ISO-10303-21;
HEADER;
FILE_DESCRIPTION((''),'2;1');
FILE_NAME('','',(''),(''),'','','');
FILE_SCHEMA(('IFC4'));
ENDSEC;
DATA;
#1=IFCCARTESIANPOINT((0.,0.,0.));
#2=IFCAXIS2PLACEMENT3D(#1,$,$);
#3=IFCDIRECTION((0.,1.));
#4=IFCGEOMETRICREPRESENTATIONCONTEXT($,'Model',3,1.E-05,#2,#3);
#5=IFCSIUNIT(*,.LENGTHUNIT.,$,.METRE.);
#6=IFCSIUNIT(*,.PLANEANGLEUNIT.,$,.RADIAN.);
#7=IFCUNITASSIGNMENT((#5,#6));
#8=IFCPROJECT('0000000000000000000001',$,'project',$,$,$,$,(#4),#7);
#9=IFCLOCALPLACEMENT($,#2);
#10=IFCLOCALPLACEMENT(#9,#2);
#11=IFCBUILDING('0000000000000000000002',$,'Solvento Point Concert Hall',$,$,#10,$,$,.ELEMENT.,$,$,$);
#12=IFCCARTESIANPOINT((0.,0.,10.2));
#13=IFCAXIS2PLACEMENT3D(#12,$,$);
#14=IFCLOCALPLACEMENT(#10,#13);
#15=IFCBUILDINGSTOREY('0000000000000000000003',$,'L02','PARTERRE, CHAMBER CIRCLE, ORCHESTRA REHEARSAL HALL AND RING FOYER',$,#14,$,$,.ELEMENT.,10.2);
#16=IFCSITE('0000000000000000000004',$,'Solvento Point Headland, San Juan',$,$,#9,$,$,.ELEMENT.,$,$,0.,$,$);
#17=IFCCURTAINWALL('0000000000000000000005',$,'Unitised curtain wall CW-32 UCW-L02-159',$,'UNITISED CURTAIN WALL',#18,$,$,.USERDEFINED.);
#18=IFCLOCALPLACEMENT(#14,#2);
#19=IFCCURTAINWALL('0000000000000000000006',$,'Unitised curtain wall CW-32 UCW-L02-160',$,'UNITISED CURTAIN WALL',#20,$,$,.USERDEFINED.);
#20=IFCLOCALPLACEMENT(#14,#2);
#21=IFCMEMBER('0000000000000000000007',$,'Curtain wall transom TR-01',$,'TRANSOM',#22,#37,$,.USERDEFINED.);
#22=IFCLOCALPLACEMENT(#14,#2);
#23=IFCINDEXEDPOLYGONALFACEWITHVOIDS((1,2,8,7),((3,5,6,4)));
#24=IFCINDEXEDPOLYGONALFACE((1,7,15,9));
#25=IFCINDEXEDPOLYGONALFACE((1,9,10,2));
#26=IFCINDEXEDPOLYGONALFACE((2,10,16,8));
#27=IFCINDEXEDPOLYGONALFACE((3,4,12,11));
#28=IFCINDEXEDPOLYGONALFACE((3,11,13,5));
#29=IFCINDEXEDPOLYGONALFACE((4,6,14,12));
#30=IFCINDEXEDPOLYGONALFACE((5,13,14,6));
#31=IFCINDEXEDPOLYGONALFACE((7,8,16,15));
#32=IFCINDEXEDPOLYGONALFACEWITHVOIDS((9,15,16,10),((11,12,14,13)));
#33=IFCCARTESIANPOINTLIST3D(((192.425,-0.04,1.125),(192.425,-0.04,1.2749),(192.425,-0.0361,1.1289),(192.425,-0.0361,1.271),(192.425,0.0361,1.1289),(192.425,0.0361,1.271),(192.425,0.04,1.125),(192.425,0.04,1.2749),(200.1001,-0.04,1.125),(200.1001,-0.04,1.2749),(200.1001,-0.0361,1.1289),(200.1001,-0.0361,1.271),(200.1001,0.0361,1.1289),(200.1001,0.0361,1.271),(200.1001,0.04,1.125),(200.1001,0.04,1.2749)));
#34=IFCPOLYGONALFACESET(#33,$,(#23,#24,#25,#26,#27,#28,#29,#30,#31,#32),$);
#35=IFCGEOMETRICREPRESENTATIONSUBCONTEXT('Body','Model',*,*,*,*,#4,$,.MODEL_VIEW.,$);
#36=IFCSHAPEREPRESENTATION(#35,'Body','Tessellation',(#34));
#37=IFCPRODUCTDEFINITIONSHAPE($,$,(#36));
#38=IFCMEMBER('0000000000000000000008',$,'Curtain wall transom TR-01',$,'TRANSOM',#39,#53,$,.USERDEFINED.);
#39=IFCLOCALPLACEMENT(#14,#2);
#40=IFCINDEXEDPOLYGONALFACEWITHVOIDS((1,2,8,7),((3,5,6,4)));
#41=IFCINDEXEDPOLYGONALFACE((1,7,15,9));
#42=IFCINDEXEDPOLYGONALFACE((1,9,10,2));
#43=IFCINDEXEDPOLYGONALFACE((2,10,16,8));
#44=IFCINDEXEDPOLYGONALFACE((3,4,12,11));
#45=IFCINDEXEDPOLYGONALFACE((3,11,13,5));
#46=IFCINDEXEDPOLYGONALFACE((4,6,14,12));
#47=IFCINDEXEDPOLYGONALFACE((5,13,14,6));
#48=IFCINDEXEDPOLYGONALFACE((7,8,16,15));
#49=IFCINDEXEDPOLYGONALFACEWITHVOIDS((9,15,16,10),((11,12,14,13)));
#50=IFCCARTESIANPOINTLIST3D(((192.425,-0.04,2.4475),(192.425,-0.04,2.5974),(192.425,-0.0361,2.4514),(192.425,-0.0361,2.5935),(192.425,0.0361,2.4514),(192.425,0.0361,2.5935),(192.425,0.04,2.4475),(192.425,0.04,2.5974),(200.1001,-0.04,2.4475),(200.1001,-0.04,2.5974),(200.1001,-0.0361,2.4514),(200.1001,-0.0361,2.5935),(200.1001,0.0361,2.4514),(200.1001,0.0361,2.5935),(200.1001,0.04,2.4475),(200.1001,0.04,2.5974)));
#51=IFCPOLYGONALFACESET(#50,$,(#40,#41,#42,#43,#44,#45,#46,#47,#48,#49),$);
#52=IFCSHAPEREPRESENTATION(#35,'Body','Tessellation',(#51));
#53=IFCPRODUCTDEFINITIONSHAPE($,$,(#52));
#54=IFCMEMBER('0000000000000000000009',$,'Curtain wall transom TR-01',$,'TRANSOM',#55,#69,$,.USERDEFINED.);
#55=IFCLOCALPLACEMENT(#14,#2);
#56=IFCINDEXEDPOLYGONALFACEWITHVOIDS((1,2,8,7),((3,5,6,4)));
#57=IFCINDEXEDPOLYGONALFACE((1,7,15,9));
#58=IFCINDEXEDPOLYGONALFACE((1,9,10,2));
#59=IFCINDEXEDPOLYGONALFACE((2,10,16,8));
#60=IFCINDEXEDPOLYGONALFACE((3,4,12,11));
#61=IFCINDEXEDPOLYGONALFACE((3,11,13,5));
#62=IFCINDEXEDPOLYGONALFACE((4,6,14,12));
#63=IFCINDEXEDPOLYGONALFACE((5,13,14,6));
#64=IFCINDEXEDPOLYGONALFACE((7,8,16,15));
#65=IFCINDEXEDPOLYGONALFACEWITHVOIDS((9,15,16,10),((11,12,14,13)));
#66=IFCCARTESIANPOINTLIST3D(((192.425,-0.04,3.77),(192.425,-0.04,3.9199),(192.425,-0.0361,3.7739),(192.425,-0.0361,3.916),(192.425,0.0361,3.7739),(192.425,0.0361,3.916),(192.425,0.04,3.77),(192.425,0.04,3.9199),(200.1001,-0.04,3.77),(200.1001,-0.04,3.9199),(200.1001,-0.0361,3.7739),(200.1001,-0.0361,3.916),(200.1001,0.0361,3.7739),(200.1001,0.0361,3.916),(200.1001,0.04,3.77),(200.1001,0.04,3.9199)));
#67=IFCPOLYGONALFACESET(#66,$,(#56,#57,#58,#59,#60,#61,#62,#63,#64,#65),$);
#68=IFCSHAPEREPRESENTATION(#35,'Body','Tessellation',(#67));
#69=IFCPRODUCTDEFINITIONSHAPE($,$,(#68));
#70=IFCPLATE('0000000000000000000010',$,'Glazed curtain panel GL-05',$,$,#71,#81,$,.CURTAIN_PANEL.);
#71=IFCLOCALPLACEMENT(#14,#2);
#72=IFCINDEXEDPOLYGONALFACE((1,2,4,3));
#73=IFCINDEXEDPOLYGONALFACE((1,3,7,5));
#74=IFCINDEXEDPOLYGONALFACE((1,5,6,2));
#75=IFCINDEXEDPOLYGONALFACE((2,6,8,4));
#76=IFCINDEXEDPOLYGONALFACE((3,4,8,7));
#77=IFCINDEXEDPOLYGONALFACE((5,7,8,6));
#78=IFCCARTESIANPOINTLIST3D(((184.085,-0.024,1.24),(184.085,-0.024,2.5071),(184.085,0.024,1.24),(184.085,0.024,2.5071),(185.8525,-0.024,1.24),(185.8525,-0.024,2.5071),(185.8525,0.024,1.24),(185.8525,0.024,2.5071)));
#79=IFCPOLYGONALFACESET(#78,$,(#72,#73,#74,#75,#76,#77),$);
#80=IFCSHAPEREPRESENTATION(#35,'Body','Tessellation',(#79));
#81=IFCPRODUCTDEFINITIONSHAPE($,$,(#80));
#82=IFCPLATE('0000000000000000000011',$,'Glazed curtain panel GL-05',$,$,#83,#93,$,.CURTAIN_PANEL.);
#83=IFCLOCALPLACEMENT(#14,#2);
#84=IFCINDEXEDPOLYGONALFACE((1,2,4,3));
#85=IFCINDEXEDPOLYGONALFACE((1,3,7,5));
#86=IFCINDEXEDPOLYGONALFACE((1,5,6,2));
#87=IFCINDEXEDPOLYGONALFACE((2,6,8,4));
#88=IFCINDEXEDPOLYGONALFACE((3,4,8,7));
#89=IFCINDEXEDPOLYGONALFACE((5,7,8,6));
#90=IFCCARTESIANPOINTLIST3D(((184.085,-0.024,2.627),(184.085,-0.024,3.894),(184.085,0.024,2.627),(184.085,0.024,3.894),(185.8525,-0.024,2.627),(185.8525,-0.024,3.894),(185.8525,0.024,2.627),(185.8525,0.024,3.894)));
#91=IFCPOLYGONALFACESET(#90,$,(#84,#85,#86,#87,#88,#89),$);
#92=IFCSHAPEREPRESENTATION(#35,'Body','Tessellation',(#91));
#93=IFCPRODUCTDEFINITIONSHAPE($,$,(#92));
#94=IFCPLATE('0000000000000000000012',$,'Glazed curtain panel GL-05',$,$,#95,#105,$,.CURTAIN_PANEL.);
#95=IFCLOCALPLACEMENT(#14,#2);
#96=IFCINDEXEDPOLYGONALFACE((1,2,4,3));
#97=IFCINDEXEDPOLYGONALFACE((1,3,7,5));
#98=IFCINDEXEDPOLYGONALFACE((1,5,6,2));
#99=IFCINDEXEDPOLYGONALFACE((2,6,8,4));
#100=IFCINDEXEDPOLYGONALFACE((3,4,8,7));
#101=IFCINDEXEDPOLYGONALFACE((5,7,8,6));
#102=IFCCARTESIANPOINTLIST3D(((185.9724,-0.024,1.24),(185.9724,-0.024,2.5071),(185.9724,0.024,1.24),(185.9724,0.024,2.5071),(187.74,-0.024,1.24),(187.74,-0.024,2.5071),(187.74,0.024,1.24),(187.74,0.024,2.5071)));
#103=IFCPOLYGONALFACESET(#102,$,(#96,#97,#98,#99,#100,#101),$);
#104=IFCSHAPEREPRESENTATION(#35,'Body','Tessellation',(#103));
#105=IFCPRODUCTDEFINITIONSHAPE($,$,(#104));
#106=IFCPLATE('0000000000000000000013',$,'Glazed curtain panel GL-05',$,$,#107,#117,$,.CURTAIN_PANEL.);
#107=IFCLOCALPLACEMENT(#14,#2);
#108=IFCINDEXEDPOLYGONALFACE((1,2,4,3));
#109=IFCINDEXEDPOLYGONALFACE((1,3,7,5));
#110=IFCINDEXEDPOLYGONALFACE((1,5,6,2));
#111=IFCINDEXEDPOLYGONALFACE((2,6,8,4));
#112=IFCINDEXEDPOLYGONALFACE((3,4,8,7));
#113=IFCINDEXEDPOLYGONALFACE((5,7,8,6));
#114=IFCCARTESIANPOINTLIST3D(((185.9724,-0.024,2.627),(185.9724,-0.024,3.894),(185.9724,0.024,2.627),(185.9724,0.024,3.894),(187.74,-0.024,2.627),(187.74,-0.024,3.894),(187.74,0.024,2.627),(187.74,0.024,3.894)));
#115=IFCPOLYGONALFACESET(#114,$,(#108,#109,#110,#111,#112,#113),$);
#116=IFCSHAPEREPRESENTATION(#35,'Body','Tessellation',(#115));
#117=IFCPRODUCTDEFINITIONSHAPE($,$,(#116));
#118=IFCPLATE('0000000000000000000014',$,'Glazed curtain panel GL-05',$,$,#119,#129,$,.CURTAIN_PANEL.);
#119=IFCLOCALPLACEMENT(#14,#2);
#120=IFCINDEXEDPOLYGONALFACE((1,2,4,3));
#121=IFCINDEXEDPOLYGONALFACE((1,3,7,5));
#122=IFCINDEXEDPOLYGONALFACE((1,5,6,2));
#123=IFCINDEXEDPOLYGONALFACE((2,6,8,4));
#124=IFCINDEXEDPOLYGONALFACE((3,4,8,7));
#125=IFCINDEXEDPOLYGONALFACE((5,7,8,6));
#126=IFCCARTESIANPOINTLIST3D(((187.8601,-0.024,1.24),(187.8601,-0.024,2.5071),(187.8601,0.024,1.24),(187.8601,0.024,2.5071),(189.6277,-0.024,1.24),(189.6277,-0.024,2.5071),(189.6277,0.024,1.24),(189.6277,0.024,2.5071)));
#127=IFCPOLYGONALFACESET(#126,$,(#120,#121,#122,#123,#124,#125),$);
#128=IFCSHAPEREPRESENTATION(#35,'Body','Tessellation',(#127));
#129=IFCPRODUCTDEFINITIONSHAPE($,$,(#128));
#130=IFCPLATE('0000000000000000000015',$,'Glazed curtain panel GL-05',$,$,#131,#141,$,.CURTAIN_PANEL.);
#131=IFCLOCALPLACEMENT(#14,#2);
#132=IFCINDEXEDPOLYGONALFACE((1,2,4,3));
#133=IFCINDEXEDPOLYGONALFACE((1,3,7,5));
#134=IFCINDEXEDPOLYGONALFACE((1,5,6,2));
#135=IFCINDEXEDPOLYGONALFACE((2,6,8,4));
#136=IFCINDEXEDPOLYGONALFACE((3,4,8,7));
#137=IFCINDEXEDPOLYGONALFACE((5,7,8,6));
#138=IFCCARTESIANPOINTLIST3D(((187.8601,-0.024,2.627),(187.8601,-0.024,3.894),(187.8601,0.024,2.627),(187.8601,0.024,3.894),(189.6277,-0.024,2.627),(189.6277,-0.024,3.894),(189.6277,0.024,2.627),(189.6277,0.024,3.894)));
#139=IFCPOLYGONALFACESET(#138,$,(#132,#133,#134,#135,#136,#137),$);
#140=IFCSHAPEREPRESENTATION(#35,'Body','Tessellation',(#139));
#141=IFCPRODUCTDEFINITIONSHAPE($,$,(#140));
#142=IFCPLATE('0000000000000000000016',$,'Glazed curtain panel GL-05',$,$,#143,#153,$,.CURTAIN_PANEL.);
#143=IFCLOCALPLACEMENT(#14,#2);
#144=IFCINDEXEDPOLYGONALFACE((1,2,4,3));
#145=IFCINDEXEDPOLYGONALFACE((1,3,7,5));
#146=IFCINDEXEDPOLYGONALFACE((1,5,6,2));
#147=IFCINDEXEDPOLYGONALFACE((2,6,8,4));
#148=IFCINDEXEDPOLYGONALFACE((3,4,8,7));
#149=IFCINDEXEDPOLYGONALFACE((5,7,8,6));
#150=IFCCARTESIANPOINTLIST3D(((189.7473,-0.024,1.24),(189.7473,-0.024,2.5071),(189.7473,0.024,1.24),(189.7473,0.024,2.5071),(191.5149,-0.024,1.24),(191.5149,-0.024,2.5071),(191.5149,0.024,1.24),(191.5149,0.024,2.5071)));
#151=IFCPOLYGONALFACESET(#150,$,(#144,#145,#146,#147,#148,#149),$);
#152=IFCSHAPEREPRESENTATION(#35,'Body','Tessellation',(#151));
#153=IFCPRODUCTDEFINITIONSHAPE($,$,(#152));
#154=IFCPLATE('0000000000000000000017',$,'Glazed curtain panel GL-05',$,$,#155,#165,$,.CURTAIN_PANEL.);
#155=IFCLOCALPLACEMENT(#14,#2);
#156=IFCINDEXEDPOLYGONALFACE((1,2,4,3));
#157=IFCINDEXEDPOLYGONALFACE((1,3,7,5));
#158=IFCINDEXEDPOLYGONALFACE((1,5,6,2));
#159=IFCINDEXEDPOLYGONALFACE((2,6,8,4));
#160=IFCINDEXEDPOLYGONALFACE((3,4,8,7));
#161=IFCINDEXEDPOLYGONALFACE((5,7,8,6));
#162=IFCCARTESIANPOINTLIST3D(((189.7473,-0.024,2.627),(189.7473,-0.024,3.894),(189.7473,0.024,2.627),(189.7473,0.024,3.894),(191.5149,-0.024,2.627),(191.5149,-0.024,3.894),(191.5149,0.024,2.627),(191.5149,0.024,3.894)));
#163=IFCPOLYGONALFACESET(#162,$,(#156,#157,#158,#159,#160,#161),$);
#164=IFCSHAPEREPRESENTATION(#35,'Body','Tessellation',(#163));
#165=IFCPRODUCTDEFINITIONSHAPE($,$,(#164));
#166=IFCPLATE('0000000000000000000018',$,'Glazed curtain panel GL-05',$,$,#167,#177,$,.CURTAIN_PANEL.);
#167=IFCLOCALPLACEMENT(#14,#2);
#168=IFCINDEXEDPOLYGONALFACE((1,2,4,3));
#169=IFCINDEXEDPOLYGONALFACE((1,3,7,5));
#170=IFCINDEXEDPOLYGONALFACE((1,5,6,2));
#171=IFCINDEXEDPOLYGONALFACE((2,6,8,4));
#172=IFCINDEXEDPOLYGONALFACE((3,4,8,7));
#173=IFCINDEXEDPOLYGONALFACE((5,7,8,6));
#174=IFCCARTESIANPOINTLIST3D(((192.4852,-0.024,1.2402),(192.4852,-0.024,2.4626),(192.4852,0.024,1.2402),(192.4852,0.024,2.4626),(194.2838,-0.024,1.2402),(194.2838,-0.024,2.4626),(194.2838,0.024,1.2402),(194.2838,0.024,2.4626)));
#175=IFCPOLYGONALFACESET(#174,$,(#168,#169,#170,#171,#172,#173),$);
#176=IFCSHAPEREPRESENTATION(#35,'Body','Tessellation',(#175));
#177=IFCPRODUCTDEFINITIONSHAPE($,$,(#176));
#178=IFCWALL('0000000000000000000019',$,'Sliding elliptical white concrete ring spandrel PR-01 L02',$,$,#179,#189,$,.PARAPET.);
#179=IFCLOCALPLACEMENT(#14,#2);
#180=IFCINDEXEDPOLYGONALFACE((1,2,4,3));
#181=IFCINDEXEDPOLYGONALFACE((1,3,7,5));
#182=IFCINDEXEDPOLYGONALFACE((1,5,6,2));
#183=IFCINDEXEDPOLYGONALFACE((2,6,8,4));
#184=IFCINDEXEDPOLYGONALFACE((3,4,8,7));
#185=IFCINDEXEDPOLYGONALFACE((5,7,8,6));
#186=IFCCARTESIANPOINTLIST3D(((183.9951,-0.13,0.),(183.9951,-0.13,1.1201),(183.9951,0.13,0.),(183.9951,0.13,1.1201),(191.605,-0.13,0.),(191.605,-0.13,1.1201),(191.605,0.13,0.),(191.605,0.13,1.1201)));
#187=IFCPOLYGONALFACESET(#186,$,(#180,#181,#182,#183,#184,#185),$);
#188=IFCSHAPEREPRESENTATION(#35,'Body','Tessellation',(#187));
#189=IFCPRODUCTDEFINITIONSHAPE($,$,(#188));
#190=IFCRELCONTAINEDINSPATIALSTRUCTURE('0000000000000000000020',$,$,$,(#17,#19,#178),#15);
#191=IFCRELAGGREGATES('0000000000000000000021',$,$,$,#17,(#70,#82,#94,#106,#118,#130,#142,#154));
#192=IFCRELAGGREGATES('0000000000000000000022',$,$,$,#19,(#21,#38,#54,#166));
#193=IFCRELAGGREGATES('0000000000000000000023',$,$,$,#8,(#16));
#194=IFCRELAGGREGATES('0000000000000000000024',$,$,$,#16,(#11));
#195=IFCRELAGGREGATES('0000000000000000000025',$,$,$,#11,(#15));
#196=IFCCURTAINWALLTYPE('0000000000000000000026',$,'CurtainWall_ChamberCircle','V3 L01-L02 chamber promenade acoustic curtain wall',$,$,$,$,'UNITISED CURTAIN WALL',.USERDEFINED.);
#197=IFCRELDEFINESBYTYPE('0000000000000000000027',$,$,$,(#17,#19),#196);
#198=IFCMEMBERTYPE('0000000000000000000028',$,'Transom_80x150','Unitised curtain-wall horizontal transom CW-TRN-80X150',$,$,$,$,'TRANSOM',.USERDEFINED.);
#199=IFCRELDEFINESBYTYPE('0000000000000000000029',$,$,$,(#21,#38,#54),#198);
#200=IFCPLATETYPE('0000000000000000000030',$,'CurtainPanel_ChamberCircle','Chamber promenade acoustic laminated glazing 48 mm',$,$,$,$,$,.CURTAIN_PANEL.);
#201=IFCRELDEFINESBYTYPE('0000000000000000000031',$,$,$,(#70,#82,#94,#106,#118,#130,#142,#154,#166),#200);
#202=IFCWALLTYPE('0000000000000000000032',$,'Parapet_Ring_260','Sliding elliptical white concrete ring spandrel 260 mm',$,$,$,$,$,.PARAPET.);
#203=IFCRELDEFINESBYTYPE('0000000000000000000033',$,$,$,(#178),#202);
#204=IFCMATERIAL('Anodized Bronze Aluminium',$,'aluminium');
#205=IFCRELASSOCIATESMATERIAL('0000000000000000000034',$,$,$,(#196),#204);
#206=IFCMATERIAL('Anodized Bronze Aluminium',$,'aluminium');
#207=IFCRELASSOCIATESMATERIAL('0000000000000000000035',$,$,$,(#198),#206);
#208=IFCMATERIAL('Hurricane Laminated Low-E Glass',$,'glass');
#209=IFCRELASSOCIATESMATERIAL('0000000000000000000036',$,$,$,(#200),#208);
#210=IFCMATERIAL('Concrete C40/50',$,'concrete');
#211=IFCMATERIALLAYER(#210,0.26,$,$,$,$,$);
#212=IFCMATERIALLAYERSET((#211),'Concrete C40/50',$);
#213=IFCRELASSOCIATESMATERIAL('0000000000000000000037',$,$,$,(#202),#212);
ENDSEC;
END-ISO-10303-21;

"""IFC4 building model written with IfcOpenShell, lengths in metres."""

from ifc_helpers import new_model, si_unit, direction, frame, frame_2d, origin, origin_2d, place, context, subcontext, project, spatial, rectangle, hollow_rectangle, extrude, material, layer, layer_set, material_profile, profile_set, type_object, element, aggregate, save


model = new_model("IFC4")

# Units and contexts
model_context = context("Model", 3, precision=1e-05, world=origin(), true_north=direction((0.0, 1.0)))
body_context = subcontext(model_context, "Body", "Model", "MODEL_VIEW")
ifc_project = project(units=[si_unit("LENGTHUNIT", "METRE"), si_unit("PLANEANGLEUNIT", "RADIAN")], contexts=[model_context])

# Site, building, storey
site_placement = place(None, origin())
site = spatial("IfcSite", under=ifc_project, at=site_placement, Name="Solvento Point Headland, San Juan", CompositionType="ELEMENT", RefElevation=0.0)
building_placement = place(site_placement, origin())
building = spatial("IfcBuilding", under=site, at=building_placement, Name="Solvento Point Concert Hall", CompositionType="ELEMENT")
storey_placement = place(building_placement, frame((0.0, 0.0, 10.2)))
storey = spatial("IfcBuildingStorey", under=building, at=storey_placement, Name="L02", Description="PARTERRE, CHAMBER CIRCLE, ORCHESTRA REHEARSAL HALL AND RING FOYER", CompositionType="ELEMENT", Elevation=10.2)

# Curtain wall
ifc_material_1 = material(Name="Anodized Bronze Aluminium", Category="aluminium")
curtain_wall_type = type_object("IfcCurtainWallType", Name="CurtainWall_ChamberCircle", Description="V3 L01-L02 chamber promenade acoustic curtain wall", ElementType="UNITISED CURTAIN WALL", PredefinedType="USERDEFINED", material=ifc_material_1)
curtain_wall_1_placement = place(storey_placement, origin())
curtain_wall_1 = element("IfcCurtainWall", 1, at=curtain_wall_1_placement, inside=storey, type_object=curtain_wall_type, Name="Unitised curtain wall CW-32 UCW-L02-159", ObjectType="UNITISED CURTAIN WALL", PredefinedType="USERDEFINED")

# Curtain wall
curtain_wall_2_placement = place(storey_placement, origin())
curtain_wall_2 = element("IfcCurtainWall", 2, at=curtain_wall_2_placement, inside=storey, type_object=curtain_wall_type, Name="Unitised curtain wall CW-32 UCW-L02-160", ObjectType="UNITISED CURTAIN WALL", PredefinedType="USERDEFINED")

# Members
ifc_material_2 = material(Name="Anodized Bronze Aluminium", Category="aluminium")
ifc_material_profile_1 = material_profile(ifc_material_2, hollow_rectangle(XDim=0.0801, YDim=0.1499, WallThickness=0.0039, at=origin_2d()), Name="CW-TRN-80X150")
ifc_profile_set_1 = profile_set([ifc_material_profile_1], Name="Anodized Bronze Aluminium")
member_type_1 = type_object("IfcMemberType", Name="Transom_80x150", Description="Unitised curtain-wall horizontal transom CW-TRN-80X150", ElementType="TRANSOM", PredefinedType="USERDEFINED", material=ifc_profile_set_1)
member_1_placement = place(storey_placement, frame((192.425, 0.0, 1.2), z_axis=(1.0, 0.0, 0.0), x_axis=(0.0, 1.0, 0.0)))
member_1 = element("IfcMember", 3, at=member_1_placement, type_object=member_type_1, Name="Curtain wall transom TR-01", ObjectType="TRANSOM", PredefinedType="USERDEFINED", context=body_context, shape_type="SweptSolid", body=[
    extrude(hollow_rectangle(XDim=0.0801, YDim=0.1499, WallThickness=0.0039, at=origin_2d()), origin(), (0.0, 0.0, 1.0), 7.675),
])
member_2_placement = place(storey_placement, frame((192.425, 0.0, 2.5225), z_axis=(1.0, 0.0, 0.0), x_axis=(0.0, 1.0, 0.0)))
member_2 = element("IfcMember", 4, at=member_2_placement, type_object=member_type_1, Name="Curtain wall transom TR-01", ObjectType="TRANSOM", PredefinedType="USERDEFINED", context=body_context, shape_type="SweptSolid", body=[
    extrude(hollow_rectangle(XDim=0.0801, YDim=0.1499, WallThickness=0.0039, at=origin_2d()), origin(), (0.0, 0.0, 1.0), 7.675),
])
member_3_placement = place(storey_placement, frame((192.425, 0.0, 3.845), z_axis=(1.0, 0.0, 0.0), x_axis=(0.0, 1.0, 0.0)))
member_3 = element("IfcMember", 5, at=member_3_placement, type_object=member_type_1, Name="Curtain wall transom TR-01", ObjectType="TRANSOM", PredefinedType="USERDEFINED", context=body_context, shape_type="SweptSolid", body=[
    extrude(hollow_rectangle(XDim=0.0801, YDim=0.1499, WallThickness=0.0039, at=origin_2d()), origin(), (0.0, 0.0, 1.0), 7.675),
])

# Plates
ifc_material_3 = material(Name="Hurricane Laminated Low-E Glass", Category="glass")
plate_type = type_object("IfcPlateType", Name="CurtainPanel_ChamberCircle", Description="Chamber promenade acoustic laminated glazing 48 mm", PredefinedType="CURTAIN_PANEL", material=ifc_material_3)
plate_1_placement = place(storey_placement, frame((184.9688, 0.0, 1.24), z_axis=(0.0, 0.0, 1.0), x_axis=(1.0, 0.0, 0.0)))
plate_1 = element("IfcPlate", 6, at=plate_1_placement, type_object=plate_type, Name="Glazed curtain panel GL-05", PredefinedType="CURTAIN_PANEL", context=body_context, shape_type="SweptSolid", body=[
    extrude(rectangle(XDim=1.7676, YDim=0.0481, at=origin_2d()), origin(), (0.0, 0.0, 1.0), 1.2671),
])
plate_2_placement = place(storey_placement, frame((184.9688, 0.0, 2.627), z_axis=(0.0, 0.0, 1.0), x_axis=(1.0, 0.0, 0.0)))
plate_2 = element("IfcPlate", 7, at=plate_2_placement, type_object=plate_type, Name="Glazed curtain panel GL-05", PredefinedType="CURTAIN_PANEL", context=body_context, shape_type="SweptSolid", body=[
    extrude(rectangle(XDim=1.7676, YDim=0.0481, at=origin_2d()), origin(), (0.0, 0.0, 1.0), 1.2671),
])
plate_3_placement = place(storey_placement, frame((186.8562, 0.0, 1.24), z_axis=(0.0, 0.0, 1.0), x_axis=(1.0, 0.0, 0.0)))
plate_3 = element("IfcPlate", 8, at=plate_3_placement, type_object=plate_type, Name="Glazed curtain panel GL-05", PredefinedType="CURTAIN_PANEL", context=body_context, shape_type="SweptSolid", body=[
    extrude(rectangle(XDim=1.7676, YDim=0.0481, at=origin_2d()), origin(), (0.0, 0.0, 1.0), 1.2671),
])
plate_4_placement = place(storey_placement, frame((186.8562, 0.0, 2.627), z_axis=(0.0, 0.0, 1.0), x_axis=(1.0, 0.0, 0.0)))
plate_4 = element("IfcPlate", 9, at=plate_4_placement, type_object=plate_type, Name="Glazed curtain panel GL-05", PredefinedType="CURTAIN_PANEL", context=body_context, shape_type="SweptSolid", body=[
    extrude(rectangle(XDim=1.7676, YDim=0.0481, at=origin_2d()), origin(), (0.0, 0.0, 1.0), 1.2671),
])
plate_5_placement = place(storey_placement, frame((188.7439, 0.0, 1.24), z_axis=(0.0, 0.0, 1.0), x_axis=(1.0, 0.0, 0.0)))
plate_5 = element("IfcPlate", 10, at=plate_5_placement, type_object=plate_type, Name="Glazed curtain panel GL-05", PredefinedType="CURTAIN_PANEL", context=body_context, shape_type="SweptSolid", body=[
    extrude(rectangle(XDim=1.7676, YDim=0.0481, at=origin_2d()), origin(), (0.0, 0.0, 1.0), 1.2671),
])
plate_6_placement = place(storey_placement, frame((188.7439, 0.0, 2.627), z_axis=(0.0, 0.0, 1.0), x_axis=(1.0, 0.0, 0.0)))
plate_6 = element("IfcPlate", 11, at=plate_6_placement, type_object=plate_type, Name="Glazed curtain panel GL-05", PredefinedType="CURTAIN_PANEL", context=body_context, shape_type="SweptSolid", body=[
    extrude(rectangle(XDim=1.7676, YDim=0.0481, at=origin_2d()), origin(), (0.0, 0.0, 1.0), 1.2671),
])
plate_7_placement = place(storey_placement, frame((190.6311, 0.0, 1.24), z_axis=(0.0, 0.0, 1.0), x_axis=(1.0, 0.0, 0.0)))
plate_7 = element("IfcPlate", 12, at=plate_7_placement, type_object=plate_type, Name="Glazed curtain panel GL-05", PredefinedType="CURTAIN_PANEL", context=body_context, shape_type="SweptSolid", body=[
    extrude(rectangle(XDim=1.7676, YDim=0.0481, at=origin_2d()), origin(), (0.0, 0.0, 1.0), 1.2671),
])
plate_8_placement = place(storey_placement, frame((190.6311, 0.0, 2.627), z_axis=(0.0, 0.0, 1.0), x_axis=(1.0, 0.0, 0.0)))
plate_8 = element("IfcPlate", 13, at=plate_8_placement, type_object=plate_type, Name="Glazed curtain panel GL-05", PredefinedType="CURTAIN_PANEL", context=body_context, shape_type="SweptSolid", body=[
    extrude(rectangle(XDim=1.7676, YDim=0.0481, at=origin_2d()), origin(), (0.0, 0.0, 1.0), 1.2671),
])
aggregate(curtain_wall_1, [plate_1, plate_2, plate_3, plate_4, plate_5, plate_6, plate_7, plate_8])
plate_9_placement = place(storey_placement, frame((193.3845, 0.0, 1.2402), z_axis=(0.0, 0.0, 1.0), x_axis=(1.0, 0.0, 0.0)))
plate_9 = element("IfcPlate", 14, at=plate_9_placement, type_object=plate_type, Name="Glazed curtain panel GL-05", PredefinedType="CURTAIN_PANEL", context=body_context, shape_type="SweptSolid", body=[
    extrude(rectangle(XDim=1.7986, YDim=0.0481, at=origin_2d()), origin(), (0.0, 0.0, 1.0), 1.2224),
])
aggregate(curtain_wall_2, [member_1, member_2, member_3, plate_9])

# Wall
ifc_material_4 = material(Name="Concrete C40/50", Category="concrete")
ifc_layer = layer(ifc_material_4, 0.26)
ifc_layer_set = layer_set([ifc_layer], Name="Concrete C40/50")
wall_type = type_object("IfcWallType", Name="Parapet_Ring_260", Description="Sliding elliptical white concrete ring spandrel 260 mm", PredefinedType="PARAPET", material=ifc_layer_set)
wall_placement = place(storey_placement, frame((191.605, 0.0, 0.0), z_axis=(0.0, 0.0, 1.0), x_axis=(-1.0, 0.0, 0.0)))
element("IfcWall", 15, at=wall_placement, inside=storey, type_object=wall_type, Name="Sliding elliptical white concrete ring spandrel PR-01 L02", PredefinedType="PARAPET", context=body_context, shape_type="SweptSolid", body=[
    extrude(rectangle(XDim=7.6099, YDim=0.26, at=frame_2d((3.8049, 0.0))), origin(), (0.0, 0.0, 1.0), 1.1201),
])

save(model, "model.ifc")
